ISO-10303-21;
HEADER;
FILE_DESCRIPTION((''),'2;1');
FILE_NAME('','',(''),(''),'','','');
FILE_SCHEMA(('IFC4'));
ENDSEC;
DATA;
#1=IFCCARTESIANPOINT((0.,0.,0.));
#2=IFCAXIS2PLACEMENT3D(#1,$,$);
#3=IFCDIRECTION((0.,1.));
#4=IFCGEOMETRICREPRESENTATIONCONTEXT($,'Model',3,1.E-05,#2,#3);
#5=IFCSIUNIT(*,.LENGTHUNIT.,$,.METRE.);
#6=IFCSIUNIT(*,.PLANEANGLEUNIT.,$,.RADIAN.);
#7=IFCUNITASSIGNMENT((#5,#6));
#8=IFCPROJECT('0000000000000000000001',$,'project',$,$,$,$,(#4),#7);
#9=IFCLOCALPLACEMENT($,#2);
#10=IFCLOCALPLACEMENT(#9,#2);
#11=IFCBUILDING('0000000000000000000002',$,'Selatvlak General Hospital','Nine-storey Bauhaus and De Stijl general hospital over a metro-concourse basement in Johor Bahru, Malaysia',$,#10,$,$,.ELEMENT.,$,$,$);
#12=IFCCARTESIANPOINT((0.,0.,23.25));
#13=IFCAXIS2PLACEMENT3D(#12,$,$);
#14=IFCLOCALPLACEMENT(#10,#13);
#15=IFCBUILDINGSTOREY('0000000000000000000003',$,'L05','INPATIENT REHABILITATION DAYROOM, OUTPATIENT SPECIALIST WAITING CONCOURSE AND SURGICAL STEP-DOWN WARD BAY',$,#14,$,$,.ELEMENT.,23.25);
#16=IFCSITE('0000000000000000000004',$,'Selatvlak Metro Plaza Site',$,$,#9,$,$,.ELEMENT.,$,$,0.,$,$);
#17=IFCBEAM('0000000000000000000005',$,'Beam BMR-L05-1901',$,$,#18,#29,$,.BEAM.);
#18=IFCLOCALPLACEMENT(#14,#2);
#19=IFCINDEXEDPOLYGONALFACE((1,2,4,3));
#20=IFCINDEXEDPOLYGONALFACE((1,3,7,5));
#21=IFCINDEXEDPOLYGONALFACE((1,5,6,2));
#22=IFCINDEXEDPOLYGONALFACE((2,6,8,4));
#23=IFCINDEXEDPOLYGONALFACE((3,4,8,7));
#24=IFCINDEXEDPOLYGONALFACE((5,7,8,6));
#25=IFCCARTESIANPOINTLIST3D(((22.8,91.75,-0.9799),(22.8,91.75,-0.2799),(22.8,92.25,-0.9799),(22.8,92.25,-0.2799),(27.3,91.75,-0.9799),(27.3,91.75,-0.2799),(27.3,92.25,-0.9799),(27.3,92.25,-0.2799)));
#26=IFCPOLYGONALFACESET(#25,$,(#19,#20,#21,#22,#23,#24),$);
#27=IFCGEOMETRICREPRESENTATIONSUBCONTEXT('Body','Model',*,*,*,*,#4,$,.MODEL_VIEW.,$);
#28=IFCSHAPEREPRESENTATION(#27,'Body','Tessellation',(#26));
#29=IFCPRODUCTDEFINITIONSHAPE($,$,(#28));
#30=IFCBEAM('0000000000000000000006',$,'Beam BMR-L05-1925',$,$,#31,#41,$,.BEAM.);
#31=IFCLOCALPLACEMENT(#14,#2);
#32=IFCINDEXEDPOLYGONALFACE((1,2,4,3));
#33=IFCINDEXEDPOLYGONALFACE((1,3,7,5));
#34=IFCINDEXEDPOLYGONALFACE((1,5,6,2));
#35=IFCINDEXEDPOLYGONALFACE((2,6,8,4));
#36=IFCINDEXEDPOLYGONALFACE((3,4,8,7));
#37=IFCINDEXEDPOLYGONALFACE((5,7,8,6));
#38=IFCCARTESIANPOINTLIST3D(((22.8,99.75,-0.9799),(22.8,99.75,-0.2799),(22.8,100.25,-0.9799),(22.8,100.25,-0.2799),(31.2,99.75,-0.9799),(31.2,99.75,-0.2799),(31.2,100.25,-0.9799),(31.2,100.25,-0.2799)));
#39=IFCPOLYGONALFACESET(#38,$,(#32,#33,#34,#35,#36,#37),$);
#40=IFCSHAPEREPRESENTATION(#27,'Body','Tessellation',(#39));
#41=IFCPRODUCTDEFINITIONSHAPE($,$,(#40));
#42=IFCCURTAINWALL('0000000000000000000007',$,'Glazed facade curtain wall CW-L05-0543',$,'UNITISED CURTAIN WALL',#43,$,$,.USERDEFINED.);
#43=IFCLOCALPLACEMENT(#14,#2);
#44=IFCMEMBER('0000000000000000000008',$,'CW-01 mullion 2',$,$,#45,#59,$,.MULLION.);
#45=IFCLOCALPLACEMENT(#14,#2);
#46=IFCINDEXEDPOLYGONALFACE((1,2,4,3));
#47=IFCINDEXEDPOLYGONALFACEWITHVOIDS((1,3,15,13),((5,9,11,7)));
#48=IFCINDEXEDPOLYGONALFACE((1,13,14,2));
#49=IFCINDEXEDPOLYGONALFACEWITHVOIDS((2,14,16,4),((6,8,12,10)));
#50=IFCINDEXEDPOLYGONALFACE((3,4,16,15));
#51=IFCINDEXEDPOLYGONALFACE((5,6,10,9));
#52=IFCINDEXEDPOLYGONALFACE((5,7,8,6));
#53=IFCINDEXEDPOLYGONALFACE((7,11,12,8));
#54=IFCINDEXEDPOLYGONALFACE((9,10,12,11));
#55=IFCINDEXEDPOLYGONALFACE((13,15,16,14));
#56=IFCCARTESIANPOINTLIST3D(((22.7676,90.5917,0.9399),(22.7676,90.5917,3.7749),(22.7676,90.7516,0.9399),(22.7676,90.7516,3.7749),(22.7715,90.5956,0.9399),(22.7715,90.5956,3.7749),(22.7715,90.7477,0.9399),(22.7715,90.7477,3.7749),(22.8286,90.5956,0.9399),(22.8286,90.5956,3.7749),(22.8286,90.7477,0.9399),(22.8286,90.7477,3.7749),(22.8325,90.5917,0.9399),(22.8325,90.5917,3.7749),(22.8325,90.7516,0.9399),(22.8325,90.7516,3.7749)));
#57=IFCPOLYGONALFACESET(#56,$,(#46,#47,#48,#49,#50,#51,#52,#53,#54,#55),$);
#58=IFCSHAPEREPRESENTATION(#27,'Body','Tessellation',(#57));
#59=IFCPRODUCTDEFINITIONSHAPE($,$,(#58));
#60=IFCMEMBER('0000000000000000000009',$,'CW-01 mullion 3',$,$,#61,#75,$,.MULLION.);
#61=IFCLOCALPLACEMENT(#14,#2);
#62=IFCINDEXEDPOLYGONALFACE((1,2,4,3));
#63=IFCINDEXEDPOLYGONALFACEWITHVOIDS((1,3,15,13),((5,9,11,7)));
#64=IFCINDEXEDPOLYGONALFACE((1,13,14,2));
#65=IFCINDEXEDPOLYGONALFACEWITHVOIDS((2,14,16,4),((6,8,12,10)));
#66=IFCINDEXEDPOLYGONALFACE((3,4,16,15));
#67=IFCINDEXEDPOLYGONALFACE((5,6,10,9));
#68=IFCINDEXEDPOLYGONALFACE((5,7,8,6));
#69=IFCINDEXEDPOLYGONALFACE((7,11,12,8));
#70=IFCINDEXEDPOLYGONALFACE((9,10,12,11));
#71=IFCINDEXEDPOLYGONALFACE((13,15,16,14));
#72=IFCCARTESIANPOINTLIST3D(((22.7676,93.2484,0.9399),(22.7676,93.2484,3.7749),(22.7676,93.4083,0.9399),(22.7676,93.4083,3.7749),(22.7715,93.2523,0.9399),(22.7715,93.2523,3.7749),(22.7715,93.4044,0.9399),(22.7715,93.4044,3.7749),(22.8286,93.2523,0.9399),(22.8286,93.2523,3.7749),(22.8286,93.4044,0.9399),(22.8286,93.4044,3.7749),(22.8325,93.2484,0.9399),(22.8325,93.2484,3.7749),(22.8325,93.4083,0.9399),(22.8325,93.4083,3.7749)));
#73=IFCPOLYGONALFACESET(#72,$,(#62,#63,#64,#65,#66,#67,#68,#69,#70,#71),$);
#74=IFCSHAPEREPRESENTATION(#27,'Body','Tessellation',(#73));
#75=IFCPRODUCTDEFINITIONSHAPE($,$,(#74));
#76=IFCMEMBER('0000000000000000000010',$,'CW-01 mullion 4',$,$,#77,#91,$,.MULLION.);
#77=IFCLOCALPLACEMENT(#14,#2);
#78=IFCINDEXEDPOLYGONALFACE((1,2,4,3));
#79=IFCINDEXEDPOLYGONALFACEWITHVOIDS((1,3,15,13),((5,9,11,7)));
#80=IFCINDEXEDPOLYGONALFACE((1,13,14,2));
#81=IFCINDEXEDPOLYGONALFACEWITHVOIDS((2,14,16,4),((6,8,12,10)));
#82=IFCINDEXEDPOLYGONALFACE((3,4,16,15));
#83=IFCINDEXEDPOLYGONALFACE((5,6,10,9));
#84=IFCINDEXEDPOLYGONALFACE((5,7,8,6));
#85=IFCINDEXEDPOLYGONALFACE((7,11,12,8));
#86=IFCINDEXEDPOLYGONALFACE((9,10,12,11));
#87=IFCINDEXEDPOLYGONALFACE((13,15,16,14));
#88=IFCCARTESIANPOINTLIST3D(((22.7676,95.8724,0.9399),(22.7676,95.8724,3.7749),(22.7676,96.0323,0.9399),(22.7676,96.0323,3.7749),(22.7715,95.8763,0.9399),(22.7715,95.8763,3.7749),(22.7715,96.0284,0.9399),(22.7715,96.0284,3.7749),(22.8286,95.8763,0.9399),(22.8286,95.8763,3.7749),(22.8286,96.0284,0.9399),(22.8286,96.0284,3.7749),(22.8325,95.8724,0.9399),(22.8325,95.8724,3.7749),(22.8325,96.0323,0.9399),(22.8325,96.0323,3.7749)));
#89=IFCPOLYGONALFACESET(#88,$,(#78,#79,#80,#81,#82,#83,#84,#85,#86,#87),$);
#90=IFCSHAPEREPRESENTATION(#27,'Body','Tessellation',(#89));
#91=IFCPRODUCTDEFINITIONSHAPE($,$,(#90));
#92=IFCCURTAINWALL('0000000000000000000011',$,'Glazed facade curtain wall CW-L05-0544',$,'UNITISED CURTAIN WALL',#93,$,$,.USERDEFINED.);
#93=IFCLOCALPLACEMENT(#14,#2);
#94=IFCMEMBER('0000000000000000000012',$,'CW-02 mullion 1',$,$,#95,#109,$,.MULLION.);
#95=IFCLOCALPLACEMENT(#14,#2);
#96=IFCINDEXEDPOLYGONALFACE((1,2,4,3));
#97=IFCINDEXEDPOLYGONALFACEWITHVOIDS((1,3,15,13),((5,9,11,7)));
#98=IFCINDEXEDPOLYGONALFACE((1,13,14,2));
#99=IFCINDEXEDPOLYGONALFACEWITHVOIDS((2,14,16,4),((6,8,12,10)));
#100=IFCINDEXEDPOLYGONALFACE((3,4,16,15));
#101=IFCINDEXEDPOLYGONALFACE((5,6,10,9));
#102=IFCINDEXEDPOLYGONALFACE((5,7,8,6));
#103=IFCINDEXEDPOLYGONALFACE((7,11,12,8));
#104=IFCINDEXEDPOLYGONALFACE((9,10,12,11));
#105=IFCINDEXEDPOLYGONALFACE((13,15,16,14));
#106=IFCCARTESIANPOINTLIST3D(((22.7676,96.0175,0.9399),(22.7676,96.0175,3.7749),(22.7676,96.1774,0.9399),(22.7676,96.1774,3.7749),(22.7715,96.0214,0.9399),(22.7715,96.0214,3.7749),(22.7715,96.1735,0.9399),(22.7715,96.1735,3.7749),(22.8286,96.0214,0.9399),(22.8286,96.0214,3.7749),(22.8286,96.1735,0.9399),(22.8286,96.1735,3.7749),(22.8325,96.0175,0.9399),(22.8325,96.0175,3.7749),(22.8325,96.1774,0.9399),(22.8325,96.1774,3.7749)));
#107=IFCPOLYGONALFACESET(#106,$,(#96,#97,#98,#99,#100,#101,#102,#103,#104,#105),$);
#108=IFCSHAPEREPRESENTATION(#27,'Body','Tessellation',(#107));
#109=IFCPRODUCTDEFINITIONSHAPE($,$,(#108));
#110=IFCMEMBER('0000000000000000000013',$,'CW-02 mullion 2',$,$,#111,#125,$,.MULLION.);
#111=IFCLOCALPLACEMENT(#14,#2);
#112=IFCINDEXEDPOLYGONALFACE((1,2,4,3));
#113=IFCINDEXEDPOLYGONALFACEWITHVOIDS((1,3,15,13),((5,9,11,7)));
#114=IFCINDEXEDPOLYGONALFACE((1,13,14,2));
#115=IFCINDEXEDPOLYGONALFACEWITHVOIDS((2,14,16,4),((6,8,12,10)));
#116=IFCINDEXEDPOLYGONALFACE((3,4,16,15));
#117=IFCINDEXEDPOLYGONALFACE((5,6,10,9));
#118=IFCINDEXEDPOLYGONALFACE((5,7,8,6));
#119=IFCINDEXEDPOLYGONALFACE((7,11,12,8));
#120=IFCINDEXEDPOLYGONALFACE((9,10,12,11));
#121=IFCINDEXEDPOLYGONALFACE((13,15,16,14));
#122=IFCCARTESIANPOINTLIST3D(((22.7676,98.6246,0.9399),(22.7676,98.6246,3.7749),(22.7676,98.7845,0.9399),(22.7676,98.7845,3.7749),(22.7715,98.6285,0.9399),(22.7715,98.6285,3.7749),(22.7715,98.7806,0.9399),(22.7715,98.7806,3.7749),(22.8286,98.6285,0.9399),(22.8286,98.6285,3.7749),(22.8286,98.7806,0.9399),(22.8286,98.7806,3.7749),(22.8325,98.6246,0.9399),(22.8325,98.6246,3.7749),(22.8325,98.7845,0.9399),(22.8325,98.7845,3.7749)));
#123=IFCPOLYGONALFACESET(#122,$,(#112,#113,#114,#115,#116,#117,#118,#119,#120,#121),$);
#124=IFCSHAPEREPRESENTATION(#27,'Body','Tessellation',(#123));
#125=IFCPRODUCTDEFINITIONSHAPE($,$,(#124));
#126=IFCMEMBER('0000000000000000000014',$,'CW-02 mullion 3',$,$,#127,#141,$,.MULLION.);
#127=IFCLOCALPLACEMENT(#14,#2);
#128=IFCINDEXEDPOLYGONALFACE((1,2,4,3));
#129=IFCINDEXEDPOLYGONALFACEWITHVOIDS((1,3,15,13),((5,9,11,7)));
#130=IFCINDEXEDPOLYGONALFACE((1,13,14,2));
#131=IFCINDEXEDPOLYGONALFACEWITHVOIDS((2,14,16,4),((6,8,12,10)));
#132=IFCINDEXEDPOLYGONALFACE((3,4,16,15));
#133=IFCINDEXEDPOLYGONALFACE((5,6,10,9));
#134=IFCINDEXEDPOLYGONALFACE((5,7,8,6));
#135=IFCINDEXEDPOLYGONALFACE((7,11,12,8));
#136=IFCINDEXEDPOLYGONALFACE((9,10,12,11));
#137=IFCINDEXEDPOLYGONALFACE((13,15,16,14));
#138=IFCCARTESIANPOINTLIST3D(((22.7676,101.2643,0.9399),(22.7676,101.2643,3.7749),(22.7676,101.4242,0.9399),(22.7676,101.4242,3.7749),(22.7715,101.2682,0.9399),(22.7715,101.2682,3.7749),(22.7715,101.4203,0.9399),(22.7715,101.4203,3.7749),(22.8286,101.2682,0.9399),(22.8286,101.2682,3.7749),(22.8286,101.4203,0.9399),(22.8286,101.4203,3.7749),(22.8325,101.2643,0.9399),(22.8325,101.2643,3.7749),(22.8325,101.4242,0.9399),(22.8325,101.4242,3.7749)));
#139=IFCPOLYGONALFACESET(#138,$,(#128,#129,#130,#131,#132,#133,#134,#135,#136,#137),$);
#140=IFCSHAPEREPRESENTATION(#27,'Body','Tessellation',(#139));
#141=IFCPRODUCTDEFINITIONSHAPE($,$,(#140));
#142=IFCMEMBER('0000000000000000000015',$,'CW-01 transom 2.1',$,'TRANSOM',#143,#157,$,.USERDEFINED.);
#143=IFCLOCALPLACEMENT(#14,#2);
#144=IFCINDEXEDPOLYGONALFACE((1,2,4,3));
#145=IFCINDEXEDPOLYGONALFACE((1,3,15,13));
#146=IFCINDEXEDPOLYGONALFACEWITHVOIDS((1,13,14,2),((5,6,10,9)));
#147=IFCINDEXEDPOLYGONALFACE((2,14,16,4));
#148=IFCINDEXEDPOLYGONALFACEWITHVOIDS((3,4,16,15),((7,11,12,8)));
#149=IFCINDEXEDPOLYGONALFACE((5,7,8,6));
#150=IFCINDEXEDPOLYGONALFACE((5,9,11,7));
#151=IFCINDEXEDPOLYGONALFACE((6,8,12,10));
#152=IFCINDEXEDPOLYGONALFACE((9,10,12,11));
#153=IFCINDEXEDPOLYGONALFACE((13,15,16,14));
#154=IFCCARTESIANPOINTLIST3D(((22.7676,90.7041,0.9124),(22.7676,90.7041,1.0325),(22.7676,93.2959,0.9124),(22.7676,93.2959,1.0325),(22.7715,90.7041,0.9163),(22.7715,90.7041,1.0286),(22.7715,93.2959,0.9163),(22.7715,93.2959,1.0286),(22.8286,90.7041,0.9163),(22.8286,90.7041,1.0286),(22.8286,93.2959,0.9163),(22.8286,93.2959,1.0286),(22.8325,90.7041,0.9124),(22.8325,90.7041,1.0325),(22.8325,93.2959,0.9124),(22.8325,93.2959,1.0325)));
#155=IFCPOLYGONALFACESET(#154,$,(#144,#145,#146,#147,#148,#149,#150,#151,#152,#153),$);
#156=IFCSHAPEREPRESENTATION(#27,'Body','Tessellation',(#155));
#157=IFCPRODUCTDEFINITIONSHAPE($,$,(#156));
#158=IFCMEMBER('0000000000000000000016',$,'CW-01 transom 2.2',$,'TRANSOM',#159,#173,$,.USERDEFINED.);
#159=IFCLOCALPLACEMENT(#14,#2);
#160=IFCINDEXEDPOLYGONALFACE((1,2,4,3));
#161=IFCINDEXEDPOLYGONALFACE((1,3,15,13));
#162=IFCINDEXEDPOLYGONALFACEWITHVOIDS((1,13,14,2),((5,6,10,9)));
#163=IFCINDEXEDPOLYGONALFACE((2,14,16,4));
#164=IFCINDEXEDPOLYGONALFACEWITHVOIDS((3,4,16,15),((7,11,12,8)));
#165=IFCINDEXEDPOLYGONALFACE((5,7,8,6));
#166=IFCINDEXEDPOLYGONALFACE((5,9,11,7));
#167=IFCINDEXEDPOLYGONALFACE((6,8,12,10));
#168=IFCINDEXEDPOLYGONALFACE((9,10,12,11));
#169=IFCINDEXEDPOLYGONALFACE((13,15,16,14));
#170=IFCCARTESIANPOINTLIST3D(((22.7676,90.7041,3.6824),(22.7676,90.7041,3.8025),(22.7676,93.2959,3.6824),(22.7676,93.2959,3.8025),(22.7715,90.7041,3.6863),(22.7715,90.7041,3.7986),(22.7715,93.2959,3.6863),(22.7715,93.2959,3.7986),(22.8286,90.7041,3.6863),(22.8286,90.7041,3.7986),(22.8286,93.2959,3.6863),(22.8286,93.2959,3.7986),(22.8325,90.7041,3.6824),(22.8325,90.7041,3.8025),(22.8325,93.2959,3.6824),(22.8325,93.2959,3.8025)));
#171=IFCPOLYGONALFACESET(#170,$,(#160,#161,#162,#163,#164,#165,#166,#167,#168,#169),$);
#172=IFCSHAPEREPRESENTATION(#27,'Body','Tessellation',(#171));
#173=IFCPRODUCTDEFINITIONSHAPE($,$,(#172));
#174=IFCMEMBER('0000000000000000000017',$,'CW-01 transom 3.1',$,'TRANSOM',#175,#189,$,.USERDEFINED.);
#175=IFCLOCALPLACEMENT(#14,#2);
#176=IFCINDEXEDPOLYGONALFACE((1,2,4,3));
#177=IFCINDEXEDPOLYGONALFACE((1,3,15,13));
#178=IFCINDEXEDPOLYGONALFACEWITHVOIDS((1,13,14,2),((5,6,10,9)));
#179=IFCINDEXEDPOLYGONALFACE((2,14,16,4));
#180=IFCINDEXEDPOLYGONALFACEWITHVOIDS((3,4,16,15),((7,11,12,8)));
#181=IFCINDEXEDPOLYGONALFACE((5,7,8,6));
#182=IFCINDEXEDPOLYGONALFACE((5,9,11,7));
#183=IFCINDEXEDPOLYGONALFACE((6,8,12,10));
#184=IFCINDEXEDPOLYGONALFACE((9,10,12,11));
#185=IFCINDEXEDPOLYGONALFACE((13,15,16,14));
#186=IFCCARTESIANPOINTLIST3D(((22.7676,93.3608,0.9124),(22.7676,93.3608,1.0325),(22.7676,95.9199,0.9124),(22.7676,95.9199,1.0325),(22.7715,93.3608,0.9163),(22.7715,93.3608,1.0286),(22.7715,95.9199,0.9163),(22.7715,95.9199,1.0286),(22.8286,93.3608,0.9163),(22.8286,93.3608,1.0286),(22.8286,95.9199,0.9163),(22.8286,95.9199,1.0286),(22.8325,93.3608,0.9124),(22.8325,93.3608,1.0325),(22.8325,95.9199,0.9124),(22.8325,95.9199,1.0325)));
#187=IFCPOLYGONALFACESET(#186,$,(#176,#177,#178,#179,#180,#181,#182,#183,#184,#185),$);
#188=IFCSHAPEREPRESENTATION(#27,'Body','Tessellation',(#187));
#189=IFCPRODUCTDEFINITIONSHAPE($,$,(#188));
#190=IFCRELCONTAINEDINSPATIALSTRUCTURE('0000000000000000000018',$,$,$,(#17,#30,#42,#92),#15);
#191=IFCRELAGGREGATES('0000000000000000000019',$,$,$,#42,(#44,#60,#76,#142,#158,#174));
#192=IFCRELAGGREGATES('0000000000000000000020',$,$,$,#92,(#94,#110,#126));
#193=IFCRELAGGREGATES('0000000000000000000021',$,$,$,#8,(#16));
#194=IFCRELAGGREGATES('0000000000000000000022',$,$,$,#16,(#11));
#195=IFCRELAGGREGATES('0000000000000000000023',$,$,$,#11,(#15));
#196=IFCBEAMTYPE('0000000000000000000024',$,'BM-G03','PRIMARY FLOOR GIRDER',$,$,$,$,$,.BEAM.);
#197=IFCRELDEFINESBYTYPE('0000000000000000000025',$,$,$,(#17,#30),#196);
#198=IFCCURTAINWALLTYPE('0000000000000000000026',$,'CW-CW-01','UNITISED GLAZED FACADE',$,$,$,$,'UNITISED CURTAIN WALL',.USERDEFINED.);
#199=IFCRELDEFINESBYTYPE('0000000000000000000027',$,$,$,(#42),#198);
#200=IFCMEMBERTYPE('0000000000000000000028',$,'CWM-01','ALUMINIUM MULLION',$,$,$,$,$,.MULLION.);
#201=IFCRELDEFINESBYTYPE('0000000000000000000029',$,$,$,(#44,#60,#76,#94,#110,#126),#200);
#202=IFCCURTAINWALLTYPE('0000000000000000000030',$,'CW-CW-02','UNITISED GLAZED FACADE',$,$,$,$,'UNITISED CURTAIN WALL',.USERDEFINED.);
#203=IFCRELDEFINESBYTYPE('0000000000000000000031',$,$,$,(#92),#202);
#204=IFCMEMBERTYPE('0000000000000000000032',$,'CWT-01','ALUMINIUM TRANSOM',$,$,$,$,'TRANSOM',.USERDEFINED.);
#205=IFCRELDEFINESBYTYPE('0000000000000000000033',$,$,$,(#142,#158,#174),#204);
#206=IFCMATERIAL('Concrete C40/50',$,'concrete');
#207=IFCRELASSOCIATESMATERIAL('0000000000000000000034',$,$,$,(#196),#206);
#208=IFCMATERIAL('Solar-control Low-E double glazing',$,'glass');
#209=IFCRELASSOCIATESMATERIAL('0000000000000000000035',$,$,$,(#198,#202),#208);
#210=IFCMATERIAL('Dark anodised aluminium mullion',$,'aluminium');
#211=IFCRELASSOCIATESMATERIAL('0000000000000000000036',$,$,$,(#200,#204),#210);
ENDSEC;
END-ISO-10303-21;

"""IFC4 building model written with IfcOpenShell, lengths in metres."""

from ifc_helpers import new_model, si_unit, direction, frame, origin, origin_2d, place, context, subcontext, project, spatial, rectangle, hollow_rectangle, extrude, material, material_profile, profile_set, type_object, element, aggregate, save


model = new_model("IFC4")

# Units and contexts
model_context = context("Model", 3, precision=1e-05, world=origin(), true_north=direction((0.0, 1.0)))
body_context = subcontext(model_context, "Body", "Model", "MODEL_VIEW")
ifc_project = project(units=[si_unit("LENGTHUNIT", "METRE"), si_unit("PLANEANGLEUNIT", "RADIAN")], contexts=[model_context])

# Site, building, storey
site_placement = place(None, origin())
site = spatial("IfcSite", under=ifc_project, at=site_placement, Name="Selatvlak Metro Plaza Site", CompositionType="ELEMENT", RefElevation=0.0)
building_placement = place(site_placement, origin())
building = spatial("IfcBuilding", under=site, at=building_placement, Name="Selatvlak General Hospital", Description="Nine-storey Bauhaus and De Stijl general hospital over a metro-concourse basement in Johor Bahru, Malaysia", CompositionType="ELEMENT")
storey_placement = place(building_placement, frame((0.0, 0.0, 23.25)))
storey = spatial("IfcBuildingStorey", under=building, at=storey_placement, Name="L05", Description="INPATIENT REHABILITATION DAYROOM, OUTPATIENT SPECIALIST WAITING CONCOURSE AND SURGICAL STEP-DOWN WARD BAY", CompositionType="ELEMENT", Elevation=23.25)

# Beams
ifc_material_1 = material(Name="Concrete C40/50", Category="concrete")
ifc_material_profile_1 = material_profile(ifc_material_1, rectangle(XDim=0.5, YDim=0.7, at=origin_2d()), Name="RC-BM 500x700")
ifc_profile_set_1 = profile_set([ifc_material_profile_1], Name="Concrete C40/50")
beam_type = type_object("IfcBeamType", Name="BM-G03", Description="PRIMARY FLOOR GIRDER", PredefinedType="BEAM", material=ifc_profile_set_1)
beam_1_placement = place(storey_placement, frame((22.8, 92.0, -0.6299), z_axis=(1.0, 0.0, 0.0), x_axis=(0.0, 1.0, 0.0)))
element("IfcBeam", 1, at=beam_1_placement, inside=storey, type_object=beam_type, Name="Beam BMR-L05-1901", PredefinedType="BEAM", context=body_context, shape_type="SweptSolid", body=[
    extrude(rectangle(XDim=0.5, YDim=0.7, at=origin_2d()), origin(), (0.0, 0.0, 1.0), 4.5),
])
beam_2_placement = place(storey_placement, frame((22.8, 100.0, -0.6299), z_axis=(1.0, 0.0, 0.0), x_axis=(0.0, 1.0, 0.0)))
element("IfcBeam", 2, at=beam_2_placement, inside=storey, type_object=beam_type, Name="Beam BMR-L05-1925", PredefinedType="BEAM", context=body_context, shape_type="SweptSolid", body=[
    extrude(rectangle(XDim=0.5, YDim=0.7, at=origin_2d()), origin(), (0.0, 0.0, 1.0), 8.3999),
])

# Curtain walls, members
ifc_material_2 = material(Name="Solar-control Low-E double glazing", Category="glass")
curtain_wall_type_1 = type_object("IfcCurtainWallType", Name="CW-CW-01", Description="UNITISED GLAZED FACADE", ElementType="UNITISED CURTAIN WALL", PredefinedType="USERDEFINED", material=ifc_material_2)
curtain_wall_1_placement = place(storey_placement, origin())
curtain_wall_1 = element("IfcCurtainWall", 3, at=curtain_wall_1_placement, inside=storey, type_object=curtain_wall_type_1, Name="Glazed facade curtain wall CW-L05-0543", ObjectType="UNITISED CURTAIN WALL", PredefinedType="USERDEFINED")
ifc_material_3 = material(Name="Dark anodised aluminium mullion", Category="aluminium")
ifc_material_profile_2 = material_profile(ifc_material_3, hollow_rectangle(XDim=0.0649, YDim=0.1599, WallThickness=0.0039, at=origin_2d()), Name="AL-MUL 65x160x4")
ifc_profile_set_2 = profile_set([ifc_material_profile_2], Name="Dark anodised aluminium mullion")
member_type_1 = type_object("IfcMemberType", Name="CWM-01", Description="ALUMINIUM MULLION", PredefinedType="MULLION", material=ifc_profile_set_2)
member_1_placement = place(storey_placement, frame((22.8, 90.6716, 0.9399), z_axis=(0.0, 0.0, 1.0), x_axis=(-1.0, 0.0, 0.0)))
member_1 = element("IfcMember", 4, at=member_1_placement, type_object=member_type_1, Name="CW-01 mullion 2", PredefinedType="MULLION", context=body_context, shape_type="SweptSolid", body=[
    extrude(hollow_rectangle(XDim=0.0649, YDim=0.1599, WallThickness=0.0039, at=origin_2d()), origin(), (0.0, 0.0, 1.0), 2.835),
])
member_2_placement = place(storey_placement, frame((22.8, 93.3284, 0.9399), z_axis=(0.0, 0.0, 1.0), x_axis=(-1.0, 0.0, 0.0)))
member_2 = element("IfcMember", 5, at=member_2_placement, type_object=member_type_1, Name="CW-01 mullion 3", PredefinedType="MULLION", context=body_context, shape_type="SweptSolid", body=[
    extrude(hollow_rectangle(XDim=0.0649, YDim=0.1599, WallThickness=0.0039, at=origin_2d()), origin(), (0.0, 0.0, 1.0), 2.835),
])
member_3_placement = place(storey_placement, frame((22.8, 95.9524, 0.9399), z_axis=(0.0, 0.0, 1.0), x_axis=(-1.0, 0.0, 0.0)))
member_3 = element("IfcMember", 6, at=member_3_placement, type_object=member_type_1, Name="CW-01 mullion 4", PredefinedType="MULLION", context=body_context, shape_type="SweptSolid", body=[
    extrude(hollow_rectangle(XDim=0.0649, YDim=0.1599, WallThickness=0.0039, at=origin_2d()), origin(), (0.0, 0.0, 1.0), 2.835),
])
curtain_wall_type_2 = type_object("IfcCurtainWallType", Name="CW-CW-02", Description="UNITISED GLAZED FACADE", ElementType="UNITISED CURTAIN WALL", PredefinedType="USERDEFINED", material=ifc_material_2)
curtain_wall_2_placement = place(storey_placement, origin())
curtain_wall_2 = element("IfcCurtainWall", 7, at=curtain_wall_2_placement, inside=storey, type_object=curtain_wall_type_2, Name="Glazed facade curtain wall CW-L05-0544", ObjectType="UNITISED CURTAIN WALL", PredefinedType="USERDEFINED")
member_4_placement = place(storey_placement, frame((22.8, 96.0974, 0.9399), z_axis=(0.0, 0.0, 1.0), x_axis=(-1.0, 0.0, 0.0)))
member_4 = element("IfcMember", 8, at=member_4_placement, type_object=member_type_1, Name="CW-02 mullion 1", PredefinedType="MULLION", context=body_context, shape_type="SweptSolid", body=[
    extrude(hollow_rectangle(XDim=0.0649, YDim=0.1599, WallThickness=0.0039, at=origin_2d()), origin(), (0.0, 0.0, 1.0), 2.835),
])
member_5_placement = place(storey_placement, frame((22.8, 98.7046, 0.9399), z_axis=(0.0, 0.0, 1.0), x_axis=(-1.0, 0.0, 0.0)))
member_5 = element("IfcMember", 9, at=member_5_placement, type_object=member_type_1, Name="CW-02 mullion 2", PredefinedType="MULLION", context=body_context, shape_type="SweptSolid", body=[
    extrude(hollow_rectangle(XDim=0.0649, YDim=0.1599, WallThickness=0.0039, at=origin_2d()), origin(), (0.0, 0.0, 1.0), 2.835),
])
member_6_placement = place(storey_placement, frame((22.8, 101.3442, 0.9399), z_axis=(0.0, 0.0, 1.0), x_axis=(-1.0, 0.0, 0.0)))
member_6 = element("IfcMember", 10, at=member_6_placement, type_object=member_type_1, Name="CW-02 mullion 3", PredefinedType="MULLION", context=body_context, shape_type="SweptSolid", body=[
    extrude(hollow_rectangle(XDim=0.0649, YDim=0.1599, WallThickness=0.0039, at=origin_2d()), origin(), (0.0, 0.0, 1.0), 2.835),
])

# Members
ifc_material_profile_3 = material_profile(ifc_material_3, hollow_rectangle(XDim=0.0649, YDim=0.1201, WallThickness=0.0039, at=origin_2d()), Name="AL-TRN 65x120x4")
ifc_profile_set_3 = profile_set([ifc_material_profile_3], Name="Dark anodised aluminium mullion")
member_type_2 = type_object("IfcMemberType", Name="CWT-01", Description="ALUMINIUM TRANSOM", ElementType="TRANSOM", PredefinedType="USERDEFINED", material=ifc_profile_set_3)
member_7_placement = place(storey_placement, frame((22.8, 90.7041, 0.9724), z_axis=(0.0, 1.0, 0.0), x_axis=(-1.0, 0.0, 0.0)))
member_7 = element("IfcMember", 11, at=member_7_placement, type_object=member_type_2, Name="CW-01 transom 2.1", ObjectType="TRANSOM", PredefinedType="USERDEFINED", context=body_context, shape_type="SweptSolid", body=[
    extrude(hollow_rectangle(XDim=0.0649, YDim=0.1201, WallThickness=0.0039, at=origin_2d()), origin(), (0.0, 0.0, 1.0), 2.5918),
])
member_8_placement = place(storey_placement, frame((22.8, 90.7041, 3.7424), z_axis=(0.0, 1.0, 0.0), x_axis=(-1.0, 0.0, 0.0)))
member_8 = element("IfcMember", 12, at=member_8_placement, type_object=member_type_2, Name="CW-01 transom 2.2", ObjectType="TRANSOM", PredefinedType="USERDEFINED", context=body_context, shape_type="SweptSolid", body=[
    extrude(hollow_rectangle(XDim=0.0649, YDim=0.1201, WallThickness=0.0039, at=origin_2d()), origin(), (0.0, 0.0, 1.0), 2.5918),
])
member_9_placement = place(storey_placement, frame((22.8, 93.3608, 0.9724), z_axis=(0.0, 1.0, 0.0), x_axis=(-1.0, 0.0, 0.0)))
member_9 = element("IfcMember", 13, at=member_9_placement, type_object=member_type_2, Name="CW-01 transom 3.1", ObjectType="TRANSOM", PredefinedType="USERDEFINED", context=body_context, shape_type="SweptSolid", body=[
    extrude(hollow_rectangle(XDim=0.0649, YDim=0.1201, WallThickness=0.0039, at=origin_2d()), origin(), (0.0, 0.0, 1.0), 2.5591),
])

aggregate(curtain_wall_1, [member_1, member_2, member_3, member_7, member_8, member_9])
aggregate(curtain_wall_2, [member_4, member_5, member_6])

save(model, "model.ifc")
